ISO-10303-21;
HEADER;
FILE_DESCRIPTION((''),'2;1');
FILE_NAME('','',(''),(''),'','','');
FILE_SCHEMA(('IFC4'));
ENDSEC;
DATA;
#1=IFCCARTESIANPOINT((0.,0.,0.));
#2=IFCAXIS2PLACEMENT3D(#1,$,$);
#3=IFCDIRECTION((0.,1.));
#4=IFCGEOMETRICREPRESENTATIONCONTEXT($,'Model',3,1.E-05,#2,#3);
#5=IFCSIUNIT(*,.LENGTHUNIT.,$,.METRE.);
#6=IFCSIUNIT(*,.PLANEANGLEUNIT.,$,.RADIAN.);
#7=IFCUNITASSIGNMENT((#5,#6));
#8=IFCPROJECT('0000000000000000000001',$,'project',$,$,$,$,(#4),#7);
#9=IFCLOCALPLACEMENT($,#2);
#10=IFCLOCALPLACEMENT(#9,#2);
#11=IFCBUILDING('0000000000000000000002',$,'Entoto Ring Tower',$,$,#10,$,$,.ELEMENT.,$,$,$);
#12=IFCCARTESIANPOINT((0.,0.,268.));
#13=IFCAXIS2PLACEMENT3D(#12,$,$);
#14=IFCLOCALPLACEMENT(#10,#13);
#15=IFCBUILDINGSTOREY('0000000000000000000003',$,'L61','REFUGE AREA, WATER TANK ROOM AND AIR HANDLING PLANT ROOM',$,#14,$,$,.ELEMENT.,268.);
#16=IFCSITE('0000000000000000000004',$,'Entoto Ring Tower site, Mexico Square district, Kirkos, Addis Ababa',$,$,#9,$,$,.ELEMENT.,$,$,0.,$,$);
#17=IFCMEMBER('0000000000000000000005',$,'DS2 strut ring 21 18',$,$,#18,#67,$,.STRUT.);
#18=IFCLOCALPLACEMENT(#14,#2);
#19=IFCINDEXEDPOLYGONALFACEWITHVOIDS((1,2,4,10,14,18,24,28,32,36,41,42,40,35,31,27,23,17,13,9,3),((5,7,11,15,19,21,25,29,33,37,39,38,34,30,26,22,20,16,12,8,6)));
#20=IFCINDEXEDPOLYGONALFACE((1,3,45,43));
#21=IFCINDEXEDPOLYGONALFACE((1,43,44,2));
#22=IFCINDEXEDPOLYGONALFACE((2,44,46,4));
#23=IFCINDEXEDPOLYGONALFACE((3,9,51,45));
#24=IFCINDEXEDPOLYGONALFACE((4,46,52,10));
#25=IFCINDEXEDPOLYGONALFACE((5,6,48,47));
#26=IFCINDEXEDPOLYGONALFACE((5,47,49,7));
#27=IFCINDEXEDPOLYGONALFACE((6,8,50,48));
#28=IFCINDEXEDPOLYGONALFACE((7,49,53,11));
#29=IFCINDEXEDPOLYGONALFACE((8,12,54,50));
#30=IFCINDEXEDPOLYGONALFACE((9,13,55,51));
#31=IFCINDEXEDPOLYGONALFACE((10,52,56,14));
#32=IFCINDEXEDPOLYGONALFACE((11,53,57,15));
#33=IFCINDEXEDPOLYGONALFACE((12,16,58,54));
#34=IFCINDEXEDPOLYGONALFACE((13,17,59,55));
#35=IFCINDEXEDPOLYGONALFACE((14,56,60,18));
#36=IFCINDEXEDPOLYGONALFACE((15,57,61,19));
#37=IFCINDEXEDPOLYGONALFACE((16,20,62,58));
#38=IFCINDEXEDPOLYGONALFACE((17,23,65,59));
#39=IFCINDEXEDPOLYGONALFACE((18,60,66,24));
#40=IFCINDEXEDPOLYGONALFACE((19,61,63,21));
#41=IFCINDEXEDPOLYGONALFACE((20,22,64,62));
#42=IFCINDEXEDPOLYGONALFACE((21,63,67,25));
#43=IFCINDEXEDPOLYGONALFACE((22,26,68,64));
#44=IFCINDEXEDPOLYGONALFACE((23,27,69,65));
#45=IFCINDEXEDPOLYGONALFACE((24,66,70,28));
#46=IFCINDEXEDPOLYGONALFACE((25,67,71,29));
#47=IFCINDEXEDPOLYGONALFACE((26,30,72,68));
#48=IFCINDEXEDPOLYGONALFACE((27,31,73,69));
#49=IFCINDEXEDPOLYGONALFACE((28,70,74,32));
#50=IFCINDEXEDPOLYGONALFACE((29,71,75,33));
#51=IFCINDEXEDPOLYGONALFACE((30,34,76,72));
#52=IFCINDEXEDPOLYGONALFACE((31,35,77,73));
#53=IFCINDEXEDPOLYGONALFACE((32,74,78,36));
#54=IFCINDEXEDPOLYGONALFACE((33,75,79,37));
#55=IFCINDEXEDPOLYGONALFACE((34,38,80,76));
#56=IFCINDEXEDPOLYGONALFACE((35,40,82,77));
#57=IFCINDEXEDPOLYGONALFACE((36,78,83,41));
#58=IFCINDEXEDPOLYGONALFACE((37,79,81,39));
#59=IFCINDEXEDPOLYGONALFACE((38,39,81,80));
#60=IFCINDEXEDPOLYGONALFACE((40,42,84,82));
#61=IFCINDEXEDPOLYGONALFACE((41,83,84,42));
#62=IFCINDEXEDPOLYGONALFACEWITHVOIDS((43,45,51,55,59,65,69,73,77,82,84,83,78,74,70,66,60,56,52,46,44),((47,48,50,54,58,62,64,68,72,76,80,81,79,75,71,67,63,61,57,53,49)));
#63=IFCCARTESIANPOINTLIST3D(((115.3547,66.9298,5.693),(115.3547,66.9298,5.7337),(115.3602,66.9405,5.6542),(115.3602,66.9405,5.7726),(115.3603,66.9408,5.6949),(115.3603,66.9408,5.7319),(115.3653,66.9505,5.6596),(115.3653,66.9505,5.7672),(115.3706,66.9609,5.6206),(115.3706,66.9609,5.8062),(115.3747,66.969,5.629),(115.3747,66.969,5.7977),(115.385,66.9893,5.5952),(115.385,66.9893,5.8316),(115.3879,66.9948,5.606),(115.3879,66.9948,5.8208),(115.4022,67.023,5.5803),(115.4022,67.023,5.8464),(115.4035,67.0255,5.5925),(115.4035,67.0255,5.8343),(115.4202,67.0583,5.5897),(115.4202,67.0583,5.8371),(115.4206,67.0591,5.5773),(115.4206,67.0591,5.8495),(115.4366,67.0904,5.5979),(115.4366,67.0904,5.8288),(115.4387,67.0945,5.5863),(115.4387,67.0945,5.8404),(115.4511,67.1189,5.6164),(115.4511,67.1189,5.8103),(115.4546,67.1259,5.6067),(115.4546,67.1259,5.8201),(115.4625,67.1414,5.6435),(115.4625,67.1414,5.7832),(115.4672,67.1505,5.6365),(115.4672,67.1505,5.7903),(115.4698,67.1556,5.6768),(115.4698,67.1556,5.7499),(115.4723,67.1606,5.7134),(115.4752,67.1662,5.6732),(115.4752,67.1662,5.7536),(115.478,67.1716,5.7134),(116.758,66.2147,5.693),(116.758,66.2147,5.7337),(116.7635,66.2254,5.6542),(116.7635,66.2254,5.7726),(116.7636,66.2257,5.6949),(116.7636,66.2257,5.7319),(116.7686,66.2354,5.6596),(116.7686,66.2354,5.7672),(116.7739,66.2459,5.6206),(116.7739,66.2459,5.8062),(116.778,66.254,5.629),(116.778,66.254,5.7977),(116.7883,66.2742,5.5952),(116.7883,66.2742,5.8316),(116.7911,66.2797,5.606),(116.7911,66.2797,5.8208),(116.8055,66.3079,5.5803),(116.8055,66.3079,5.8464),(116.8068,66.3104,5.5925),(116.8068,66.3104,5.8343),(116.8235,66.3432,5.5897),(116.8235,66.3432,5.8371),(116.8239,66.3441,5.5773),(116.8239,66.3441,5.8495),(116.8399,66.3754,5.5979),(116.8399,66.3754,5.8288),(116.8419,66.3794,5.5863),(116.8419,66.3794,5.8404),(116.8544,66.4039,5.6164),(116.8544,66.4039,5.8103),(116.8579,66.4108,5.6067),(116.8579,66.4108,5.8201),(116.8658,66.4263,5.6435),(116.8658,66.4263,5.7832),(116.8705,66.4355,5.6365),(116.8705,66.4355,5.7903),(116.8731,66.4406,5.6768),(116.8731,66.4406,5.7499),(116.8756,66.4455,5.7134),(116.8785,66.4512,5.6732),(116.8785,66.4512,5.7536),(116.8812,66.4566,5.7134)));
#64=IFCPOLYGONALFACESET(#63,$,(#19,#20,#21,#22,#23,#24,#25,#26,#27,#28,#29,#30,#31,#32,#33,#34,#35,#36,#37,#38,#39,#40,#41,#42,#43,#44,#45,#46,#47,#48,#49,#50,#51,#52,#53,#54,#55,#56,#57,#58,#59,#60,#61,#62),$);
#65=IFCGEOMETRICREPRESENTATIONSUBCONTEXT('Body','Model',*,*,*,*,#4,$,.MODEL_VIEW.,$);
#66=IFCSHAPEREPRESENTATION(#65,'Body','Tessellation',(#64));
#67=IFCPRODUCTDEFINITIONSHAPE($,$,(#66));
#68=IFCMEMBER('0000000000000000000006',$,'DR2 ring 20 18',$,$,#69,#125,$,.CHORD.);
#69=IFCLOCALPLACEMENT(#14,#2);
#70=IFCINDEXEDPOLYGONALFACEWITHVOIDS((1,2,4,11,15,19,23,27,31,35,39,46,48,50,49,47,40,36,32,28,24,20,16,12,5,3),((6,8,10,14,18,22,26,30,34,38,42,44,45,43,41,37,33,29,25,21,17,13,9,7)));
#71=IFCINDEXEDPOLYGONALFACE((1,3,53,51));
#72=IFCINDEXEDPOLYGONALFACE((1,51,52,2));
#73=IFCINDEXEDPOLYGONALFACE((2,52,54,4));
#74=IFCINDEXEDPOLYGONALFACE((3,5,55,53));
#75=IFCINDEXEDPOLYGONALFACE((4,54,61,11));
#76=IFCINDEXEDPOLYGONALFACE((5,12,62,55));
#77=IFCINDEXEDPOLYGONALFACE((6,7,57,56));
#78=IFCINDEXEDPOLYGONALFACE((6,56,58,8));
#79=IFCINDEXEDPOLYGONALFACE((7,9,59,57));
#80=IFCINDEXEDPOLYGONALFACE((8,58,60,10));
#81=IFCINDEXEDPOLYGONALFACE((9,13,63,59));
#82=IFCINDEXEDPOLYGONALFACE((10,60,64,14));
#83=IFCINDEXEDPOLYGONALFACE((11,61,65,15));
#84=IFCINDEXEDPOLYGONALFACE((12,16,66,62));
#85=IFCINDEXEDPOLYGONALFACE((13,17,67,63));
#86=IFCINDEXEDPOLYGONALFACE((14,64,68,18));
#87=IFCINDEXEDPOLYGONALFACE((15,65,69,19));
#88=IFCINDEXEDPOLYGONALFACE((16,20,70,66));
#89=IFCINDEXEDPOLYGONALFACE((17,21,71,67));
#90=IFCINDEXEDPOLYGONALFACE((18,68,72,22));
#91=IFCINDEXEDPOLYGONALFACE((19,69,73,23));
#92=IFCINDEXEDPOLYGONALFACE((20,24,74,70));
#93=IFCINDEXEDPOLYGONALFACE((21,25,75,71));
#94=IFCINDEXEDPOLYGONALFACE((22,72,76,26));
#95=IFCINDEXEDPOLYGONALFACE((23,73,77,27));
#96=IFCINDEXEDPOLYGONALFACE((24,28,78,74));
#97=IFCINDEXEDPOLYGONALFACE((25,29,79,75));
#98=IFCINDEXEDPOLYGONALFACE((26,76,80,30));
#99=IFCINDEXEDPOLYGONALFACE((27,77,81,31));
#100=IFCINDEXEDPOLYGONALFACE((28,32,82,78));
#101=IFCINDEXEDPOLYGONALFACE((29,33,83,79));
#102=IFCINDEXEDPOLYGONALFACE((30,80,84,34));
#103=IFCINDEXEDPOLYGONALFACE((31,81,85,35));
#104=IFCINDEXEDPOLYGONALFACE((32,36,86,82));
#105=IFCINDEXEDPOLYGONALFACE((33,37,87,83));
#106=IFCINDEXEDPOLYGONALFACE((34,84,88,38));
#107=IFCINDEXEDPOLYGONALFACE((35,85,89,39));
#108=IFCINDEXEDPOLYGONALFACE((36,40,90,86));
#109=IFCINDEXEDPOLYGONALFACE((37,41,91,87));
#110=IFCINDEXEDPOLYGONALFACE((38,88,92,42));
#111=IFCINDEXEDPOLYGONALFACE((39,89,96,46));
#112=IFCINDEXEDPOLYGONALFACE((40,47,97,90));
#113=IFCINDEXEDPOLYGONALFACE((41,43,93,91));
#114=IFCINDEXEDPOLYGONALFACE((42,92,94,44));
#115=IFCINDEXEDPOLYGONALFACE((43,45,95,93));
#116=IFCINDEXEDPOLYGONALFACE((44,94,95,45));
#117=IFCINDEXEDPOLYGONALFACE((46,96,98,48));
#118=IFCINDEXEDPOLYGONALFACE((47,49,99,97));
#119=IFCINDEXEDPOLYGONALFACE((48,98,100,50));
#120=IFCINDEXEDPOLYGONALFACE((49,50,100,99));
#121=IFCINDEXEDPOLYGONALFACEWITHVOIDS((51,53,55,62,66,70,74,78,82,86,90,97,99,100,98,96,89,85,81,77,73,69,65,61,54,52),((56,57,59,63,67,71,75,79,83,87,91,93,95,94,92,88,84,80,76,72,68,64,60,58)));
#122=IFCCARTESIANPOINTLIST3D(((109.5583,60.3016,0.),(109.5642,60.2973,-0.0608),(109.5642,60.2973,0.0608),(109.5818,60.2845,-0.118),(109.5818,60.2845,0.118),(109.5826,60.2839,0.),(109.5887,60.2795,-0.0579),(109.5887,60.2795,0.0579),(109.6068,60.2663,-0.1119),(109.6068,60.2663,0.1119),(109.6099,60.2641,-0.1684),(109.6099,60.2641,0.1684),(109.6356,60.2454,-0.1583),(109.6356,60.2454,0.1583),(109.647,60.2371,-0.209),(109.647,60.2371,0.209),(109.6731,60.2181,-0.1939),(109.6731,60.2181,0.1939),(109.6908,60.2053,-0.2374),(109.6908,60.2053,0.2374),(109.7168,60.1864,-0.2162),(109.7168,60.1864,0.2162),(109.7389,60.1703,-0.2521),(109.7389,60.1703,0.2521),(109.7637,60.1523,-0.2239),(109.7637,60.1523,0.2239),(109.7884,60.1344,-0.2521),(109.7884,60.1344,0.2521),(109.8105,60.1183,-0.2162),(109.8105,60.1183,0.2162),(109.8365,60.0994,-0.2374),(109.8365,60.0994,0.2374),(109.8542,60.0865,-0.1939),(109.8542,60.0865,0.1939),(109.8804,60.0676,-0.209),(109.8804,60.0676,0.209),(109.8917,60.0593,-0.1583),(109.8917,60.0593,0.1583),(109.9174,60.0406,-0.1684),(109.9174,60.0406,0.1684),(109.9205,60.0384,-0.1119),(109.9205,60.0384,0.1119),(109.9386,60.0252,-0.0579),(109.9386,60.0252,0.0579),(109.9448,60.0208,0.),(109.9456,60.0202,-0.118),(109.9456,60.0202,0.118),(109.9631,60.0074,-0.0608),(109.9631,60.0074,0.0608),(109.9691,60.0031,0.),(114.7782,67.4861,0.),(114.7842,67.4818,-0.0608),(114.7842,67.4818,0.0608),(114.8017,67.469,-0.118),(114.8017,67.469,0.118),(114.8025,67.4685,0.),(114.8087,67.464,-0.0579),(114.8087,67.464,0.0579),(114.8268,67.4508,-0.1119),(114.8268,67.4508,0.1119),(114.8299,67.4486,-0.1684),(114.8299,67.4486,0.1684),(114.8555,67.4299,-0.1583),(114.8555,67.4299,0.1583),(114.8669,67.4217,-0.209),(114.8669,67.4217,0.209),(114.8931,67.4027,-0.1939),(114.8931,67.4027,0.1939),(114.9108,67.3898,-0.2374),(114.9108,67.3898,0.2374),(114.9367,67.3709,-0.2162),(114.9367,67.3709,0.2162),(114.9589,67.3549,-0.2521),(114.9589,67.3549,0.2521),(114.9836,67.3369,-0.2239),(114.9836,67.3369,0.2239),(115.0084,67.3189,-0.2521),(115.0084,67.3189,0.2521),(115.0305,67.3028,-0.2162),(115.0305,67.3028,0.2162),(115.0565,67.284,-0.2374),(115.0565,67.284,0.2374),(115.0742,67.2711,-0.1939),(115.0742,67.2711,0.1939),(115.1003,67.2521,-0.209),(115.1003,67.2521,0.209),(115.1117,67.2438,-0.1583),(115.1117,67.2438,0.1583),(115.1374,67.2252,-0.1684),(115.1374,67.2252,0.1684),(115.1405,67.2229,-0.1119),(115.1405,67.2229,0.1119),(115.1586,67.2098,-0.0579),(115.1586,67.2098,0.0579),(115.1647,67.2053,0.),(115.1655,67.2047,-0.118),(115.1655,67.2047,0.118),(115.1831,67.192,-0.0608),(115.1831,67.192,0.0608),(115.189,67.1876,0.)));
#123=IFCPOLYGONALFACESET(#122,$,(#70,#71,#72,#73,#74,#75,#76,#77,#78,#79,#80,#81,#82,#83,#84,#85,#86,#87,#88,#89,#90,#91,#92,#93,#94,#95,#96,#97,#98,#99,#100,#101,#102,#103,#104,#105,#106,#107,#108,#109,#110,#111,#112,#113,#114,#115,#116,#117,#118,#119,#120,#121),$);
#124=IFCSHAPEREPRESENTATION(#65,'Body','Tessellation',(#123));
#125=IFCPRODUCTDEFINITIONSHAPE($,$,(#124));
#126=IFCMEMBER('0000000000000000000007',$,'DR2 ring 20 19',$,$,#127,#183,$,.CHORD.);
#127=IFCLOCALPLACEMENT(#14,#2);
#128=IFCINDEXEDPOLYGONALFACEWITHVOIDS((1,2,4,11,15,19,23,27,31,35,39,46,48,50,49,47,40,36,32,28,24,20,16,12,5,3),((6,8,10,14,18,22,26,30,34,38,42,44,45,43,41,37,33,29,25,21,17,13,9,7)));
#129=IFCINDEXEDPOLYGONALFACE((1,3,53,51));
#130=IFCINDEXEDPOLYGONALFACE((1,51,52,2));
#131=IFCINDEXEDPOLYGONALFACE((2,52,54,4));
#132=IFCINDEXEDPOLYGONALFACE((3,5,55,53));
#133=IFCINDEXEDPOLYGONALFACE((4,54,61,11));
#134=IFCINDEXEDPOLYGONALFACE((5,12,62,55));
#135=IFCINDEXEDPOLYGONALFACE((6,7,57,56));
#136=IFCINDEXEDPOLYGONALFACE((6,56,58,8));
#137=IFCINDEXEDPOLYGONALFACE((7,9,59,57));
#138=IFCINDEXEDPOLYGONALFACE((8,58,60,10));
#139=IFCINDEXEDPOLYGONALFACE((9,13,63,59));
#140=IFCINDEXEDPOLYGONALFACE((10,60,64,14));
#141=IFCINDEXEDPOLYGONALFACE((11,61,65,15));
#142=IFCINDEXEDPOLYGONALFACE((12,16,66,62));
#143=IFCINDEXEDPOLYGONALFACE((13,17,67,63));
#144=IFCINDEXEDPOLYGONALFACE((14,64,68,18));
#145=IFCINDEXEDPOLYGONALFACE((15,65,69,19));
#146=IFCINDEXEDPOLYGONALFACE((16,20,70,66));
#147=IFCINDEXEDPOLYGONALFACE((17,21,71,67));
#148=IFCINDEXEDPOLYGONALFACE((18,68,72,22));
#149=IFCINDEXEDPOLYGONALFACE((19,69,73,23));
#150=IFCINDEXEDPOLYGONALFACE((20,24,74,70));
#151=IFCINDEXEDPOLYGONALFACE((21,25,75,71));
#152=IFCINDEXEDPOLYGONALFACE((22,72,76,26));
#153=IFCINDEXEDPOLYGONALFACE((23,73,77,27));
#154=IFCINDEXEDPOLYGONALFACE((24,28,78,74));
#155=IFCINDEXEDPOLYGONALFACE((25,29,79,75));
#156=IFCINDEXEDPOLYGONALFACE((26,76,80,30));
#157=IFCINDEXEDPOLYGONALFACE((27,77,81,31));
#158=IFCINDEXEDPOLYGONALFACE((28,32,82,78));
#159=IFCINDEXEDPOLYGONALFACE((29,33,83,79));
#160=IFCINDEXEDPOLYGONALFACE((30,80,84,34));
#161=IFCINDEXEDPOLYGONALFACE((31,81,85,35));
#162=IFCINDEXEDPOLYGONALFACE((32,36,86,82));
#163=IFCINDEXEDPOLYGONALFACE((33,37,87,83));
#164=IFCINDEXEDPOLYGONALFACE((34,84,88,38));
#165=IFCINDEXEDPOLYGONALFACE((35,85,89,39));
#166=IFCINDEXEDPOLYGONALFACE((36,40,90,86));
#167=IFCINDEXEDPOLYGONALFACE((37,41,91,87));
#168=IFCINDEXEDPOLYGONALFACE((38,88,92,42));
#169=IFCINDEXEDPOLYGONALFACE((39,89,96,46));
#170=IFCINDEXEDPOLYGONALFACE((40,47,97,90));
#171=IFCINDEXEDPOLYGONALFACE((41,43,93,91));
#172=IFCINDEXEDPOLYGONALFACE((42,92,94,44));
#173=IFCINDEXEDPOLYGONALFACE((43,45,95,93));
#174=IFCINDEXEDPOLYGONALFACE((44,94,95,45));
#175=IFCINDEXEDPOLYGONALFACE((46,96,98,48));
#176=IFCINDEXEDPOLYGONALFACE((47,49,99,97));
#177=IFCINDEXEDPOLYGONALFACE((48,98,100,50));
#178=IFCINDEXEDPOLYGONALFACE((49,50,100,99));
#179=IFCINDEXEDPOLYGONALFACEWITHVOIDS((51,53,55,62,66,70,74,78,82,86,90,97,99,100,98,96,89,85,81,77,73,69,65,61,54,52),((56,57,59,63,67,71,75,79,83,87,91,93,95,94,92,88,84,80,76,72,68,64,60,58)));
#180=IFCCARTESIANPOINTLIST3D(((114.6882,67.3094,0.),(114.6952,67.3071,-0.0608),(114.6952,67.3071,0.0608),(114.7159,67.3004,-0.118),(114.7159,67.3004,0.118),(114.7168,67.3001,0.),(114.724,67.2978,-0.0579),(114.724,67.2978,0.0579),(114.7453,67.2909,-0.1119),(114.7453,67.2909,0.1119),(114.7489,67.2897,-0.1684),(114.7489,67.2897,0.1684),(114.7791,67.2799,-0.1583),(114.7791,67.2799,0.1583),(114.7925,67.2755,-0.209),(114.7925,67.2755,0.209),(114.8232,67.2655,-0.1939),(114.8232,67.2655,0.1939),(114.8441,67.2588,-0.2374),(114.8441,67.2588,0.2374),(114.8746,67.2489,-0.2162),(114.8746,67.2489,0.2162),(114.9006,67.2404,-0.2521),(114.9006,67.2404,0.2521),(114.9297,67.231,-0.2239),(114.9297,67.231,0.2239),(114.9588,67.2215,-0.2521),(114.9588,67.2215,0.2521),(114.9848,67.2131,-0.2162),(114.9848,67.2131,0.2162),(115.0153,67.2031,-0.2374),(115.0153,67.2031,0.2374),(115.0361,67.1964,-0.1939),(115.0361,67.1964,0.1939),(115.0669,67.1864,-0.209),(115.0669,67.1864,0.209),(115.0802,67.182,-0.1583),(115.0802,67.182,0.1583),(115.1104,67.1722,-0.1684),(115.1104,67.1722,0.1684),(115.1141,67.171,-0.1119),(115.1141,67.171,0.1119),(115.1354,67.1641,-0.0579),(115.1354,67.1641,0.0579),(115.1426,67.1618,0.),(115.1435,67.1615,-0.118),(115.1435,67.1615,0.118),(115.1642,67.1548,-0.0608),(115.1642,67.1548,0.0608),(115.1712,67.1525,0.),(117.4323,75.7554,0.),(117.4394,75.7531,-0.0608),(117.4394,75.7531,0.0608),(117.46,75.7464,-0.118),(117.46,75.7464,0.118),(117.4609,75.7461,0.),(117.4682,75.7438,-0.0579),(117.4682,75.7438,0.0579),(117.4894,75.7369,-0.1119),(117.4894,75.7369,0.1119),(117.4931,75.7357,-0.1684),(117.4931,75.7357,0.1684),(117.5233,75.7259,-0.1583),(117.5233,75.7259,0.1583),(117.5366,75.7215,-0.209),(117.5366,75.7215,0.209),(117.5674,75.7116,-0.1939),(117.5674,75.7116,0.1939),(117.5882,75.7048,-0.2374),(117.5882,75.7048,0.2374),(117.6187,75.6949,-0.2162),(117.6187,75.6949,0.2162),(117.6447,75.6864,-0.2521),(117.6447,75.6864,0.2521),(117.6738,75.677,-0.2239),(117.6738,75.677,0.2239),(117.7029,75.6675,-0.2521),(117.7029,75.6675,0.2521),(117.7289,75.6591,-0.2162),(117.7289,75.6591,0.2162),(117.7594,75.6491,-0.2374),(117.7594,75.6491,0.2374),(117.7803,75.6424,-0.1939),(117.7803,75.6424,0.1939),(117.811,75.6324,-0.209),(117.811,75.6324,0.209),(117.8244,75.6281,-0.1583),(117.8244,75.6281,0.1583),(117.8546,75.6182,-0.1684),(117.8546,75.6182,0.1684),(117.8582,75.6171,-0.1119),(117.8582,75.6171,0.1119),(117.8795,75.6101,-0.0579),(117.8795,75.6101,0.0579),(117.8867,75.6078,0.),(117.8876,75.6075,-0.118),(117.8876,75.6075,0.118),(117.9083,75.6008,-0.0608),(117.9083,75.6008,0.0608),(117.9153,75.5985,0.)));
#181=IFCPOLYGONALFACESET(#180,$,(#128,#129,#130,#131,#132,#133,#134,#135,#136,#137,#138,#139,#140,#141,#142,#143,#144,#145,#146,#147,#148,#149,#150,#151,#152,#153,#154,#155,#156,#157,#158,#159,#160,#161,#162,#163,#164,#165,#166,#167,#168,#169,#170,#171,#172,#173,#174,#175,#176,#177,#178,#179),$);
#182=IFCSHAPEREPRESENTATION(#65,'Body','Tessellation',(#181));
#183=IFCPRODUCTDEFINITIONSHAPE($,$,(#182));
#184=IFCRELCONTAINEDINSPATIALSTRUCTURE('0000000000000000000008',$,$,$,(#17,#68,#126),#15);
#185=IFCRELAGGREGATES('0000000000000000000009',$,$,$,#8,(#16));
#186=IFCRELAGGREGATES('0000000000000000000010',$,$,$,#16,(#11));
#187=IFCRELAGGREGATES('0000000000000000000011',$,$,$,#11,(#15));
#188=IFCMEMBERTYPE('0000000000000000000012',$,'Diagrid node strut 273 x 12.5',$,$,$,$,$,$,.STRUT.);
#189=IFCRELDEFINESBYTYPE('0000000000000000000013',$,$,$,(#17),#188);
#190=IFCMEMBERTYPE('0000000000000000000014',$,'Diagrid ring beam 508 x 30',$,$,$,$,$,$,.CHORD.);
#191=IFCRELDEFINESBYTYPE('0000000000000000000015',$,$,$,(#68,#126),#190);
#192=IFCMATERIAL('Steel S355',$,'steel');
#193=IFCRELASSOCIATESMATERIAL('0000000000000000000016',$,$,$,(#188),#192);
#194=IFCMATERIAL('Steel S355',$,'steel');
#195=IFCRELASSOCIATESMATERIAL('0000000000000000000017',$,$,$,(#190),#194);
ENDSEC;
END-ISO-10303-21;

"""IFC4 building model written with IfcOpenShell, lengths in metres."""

from ifc_helpers import new_model, si_unit, direction, frame, origin, origin_2d, place, context, subcontext, project, spatial, circle, hollow_circle, extrude, material, material_profile, profile_set, type_object, element, save


model = new_model("IFC4")

# Units and contexts
model_context = context("Model", 3, precision=1e-05, world=origin(), true_north=direction((0.0, 1.0)))
body_context = subcontext(model_context, "Body", "Model", "MODEL_VIEW")
ifc_project = project(units=[si_unit("LENGTHUNIT", "METRE"), si_unit("PLANEANGLEUNIT", "RADIAN")], contexts=[model_context])

# Site, building, storey
site_placement = place(None, origin())
site = spatial("IfcSite", under=ifc_project, at=site_placement, Name="Entoto Ring Tower site, Mexico Square district, Kirkos, Addis Ababa", CompositionType="ELEMENT", RefElevation=0.0)
building_placement = place(site_placement, origin())
building = spatial("IfcBuilding", under=site, at=building_placement, Name="Entoto Ring Tower", CompositionType="ELEMENT")
storey_placement = place(building_placement, frame((0.0, 0.0, 268.0)))
storey = spatial("IfcBuildingStorey", under=building, at=storey_placement, Name="L61", Description="REFUGE AREA, WATER TANK ROOM AND AIR HANDLING PLANT ROOM", CompositionType="ELEMENT", Elevation=268.0)

# Members
ifc_material_1 = material(Name="Steel S355", Category="steel")
ifc_material_profile_1 = material_profile(ifc_material_1, hollow_circle(Radius=0.1365, WallThickness=0.0125, at=origin_2d()), Name="CHS 273 x 12.5")
ifc_material_2 = material(Name="Concrete C60/75", Category="concrete")
ifc_material_profile_2 = material_profile(ifc_material_2, circle(Radius=0.124, at=origin_2d()), Name="Concrete C60/75 infill")
ifc_profile_set_1 = profile_set([ifc_material_profile_1, ifc_material_profile_2], Name="Steel S355")
member_type_1 = type_object("IfcMemberType", Name="Diagrid node strut 273 x 12.5", PredefinedType="STRUT", material=ifc_profile_set_1)
member_1_placement = place(storey_placement, frame((115.416, 67.05, 5.7134), z_axis=(0.890991, -0.454021, 0.0), x_axis=(0.454021, 0.890991, 0.0)))
element("IfcMember", 1, at=member_1_placement, inside=storey, type_object=member_type_1, Name="DS2 strut ring 21 18", PredefinedType="STRUT", context=body_context, shape_type="SweptSolid", body=[
    extrude(hollow_circle(Radius=0.1365, WallThickness=0.0125, at=origin_2d()), origin(), (0.0, 0.0, 1.0), 1.575),
])
ifc_material_3 = material(Name="Steel S355", Category="steel")
ifc_material_profile_3 = material_profile(ifc_material_3, hollow_circle(Radius=0.2539, WallThickness=0.03, at=origin_2d()), Name="CHS 508 x 30")
ifc_material_4 = material(Name="Concrete C60/75", Category="concrete")
ifc_material_profile_4 = material_profile(ifc_material_4, circle(Radius=0.2241, at=origin_2d()), Name="Concrete C60/75 infill")
ifc_profile_set_2 = profile_set([ifc_material_profile_3, ifc_material_profile_4], Name="Steel S355")
member_type_2 = type_object("IfcMemberType", Name="Diagrid ring beam 508 x 30", PredefinedType="CHORD", material=ifc_profile_set_2)
for number, where, z_axis, x_axis, name in (
    (2, (109.7637, 60.1523, 0.0), (0.587791, 0.809013, 0.0), (-0.809013, 0.587791, 0.0), "DR2 ring 20 18"),
    (3, (114.9297, 67.231, 0.0), (0.309002, 0.951061, 0.0), (-0.951061, 0.309002, 0.0), "DR2 ring 20 19"),
):
    element("IfcMember", number, at=place(storey_placement, frame(where, z_axis=z_axis, x_axis=x_axis)), inside=storey, type_object=member_type_2, Name=name, PredefinedType="CHORD", context=body_context, shape_type="SweptSolid", body=[
        extrude(hollow_circle(Radius=0.2539, WallThickness=0.03, at=origin_2d()), origin(), (0.0, 0.0, 1.0), 8.8806),
    ])

save(model, "model.ifc")
